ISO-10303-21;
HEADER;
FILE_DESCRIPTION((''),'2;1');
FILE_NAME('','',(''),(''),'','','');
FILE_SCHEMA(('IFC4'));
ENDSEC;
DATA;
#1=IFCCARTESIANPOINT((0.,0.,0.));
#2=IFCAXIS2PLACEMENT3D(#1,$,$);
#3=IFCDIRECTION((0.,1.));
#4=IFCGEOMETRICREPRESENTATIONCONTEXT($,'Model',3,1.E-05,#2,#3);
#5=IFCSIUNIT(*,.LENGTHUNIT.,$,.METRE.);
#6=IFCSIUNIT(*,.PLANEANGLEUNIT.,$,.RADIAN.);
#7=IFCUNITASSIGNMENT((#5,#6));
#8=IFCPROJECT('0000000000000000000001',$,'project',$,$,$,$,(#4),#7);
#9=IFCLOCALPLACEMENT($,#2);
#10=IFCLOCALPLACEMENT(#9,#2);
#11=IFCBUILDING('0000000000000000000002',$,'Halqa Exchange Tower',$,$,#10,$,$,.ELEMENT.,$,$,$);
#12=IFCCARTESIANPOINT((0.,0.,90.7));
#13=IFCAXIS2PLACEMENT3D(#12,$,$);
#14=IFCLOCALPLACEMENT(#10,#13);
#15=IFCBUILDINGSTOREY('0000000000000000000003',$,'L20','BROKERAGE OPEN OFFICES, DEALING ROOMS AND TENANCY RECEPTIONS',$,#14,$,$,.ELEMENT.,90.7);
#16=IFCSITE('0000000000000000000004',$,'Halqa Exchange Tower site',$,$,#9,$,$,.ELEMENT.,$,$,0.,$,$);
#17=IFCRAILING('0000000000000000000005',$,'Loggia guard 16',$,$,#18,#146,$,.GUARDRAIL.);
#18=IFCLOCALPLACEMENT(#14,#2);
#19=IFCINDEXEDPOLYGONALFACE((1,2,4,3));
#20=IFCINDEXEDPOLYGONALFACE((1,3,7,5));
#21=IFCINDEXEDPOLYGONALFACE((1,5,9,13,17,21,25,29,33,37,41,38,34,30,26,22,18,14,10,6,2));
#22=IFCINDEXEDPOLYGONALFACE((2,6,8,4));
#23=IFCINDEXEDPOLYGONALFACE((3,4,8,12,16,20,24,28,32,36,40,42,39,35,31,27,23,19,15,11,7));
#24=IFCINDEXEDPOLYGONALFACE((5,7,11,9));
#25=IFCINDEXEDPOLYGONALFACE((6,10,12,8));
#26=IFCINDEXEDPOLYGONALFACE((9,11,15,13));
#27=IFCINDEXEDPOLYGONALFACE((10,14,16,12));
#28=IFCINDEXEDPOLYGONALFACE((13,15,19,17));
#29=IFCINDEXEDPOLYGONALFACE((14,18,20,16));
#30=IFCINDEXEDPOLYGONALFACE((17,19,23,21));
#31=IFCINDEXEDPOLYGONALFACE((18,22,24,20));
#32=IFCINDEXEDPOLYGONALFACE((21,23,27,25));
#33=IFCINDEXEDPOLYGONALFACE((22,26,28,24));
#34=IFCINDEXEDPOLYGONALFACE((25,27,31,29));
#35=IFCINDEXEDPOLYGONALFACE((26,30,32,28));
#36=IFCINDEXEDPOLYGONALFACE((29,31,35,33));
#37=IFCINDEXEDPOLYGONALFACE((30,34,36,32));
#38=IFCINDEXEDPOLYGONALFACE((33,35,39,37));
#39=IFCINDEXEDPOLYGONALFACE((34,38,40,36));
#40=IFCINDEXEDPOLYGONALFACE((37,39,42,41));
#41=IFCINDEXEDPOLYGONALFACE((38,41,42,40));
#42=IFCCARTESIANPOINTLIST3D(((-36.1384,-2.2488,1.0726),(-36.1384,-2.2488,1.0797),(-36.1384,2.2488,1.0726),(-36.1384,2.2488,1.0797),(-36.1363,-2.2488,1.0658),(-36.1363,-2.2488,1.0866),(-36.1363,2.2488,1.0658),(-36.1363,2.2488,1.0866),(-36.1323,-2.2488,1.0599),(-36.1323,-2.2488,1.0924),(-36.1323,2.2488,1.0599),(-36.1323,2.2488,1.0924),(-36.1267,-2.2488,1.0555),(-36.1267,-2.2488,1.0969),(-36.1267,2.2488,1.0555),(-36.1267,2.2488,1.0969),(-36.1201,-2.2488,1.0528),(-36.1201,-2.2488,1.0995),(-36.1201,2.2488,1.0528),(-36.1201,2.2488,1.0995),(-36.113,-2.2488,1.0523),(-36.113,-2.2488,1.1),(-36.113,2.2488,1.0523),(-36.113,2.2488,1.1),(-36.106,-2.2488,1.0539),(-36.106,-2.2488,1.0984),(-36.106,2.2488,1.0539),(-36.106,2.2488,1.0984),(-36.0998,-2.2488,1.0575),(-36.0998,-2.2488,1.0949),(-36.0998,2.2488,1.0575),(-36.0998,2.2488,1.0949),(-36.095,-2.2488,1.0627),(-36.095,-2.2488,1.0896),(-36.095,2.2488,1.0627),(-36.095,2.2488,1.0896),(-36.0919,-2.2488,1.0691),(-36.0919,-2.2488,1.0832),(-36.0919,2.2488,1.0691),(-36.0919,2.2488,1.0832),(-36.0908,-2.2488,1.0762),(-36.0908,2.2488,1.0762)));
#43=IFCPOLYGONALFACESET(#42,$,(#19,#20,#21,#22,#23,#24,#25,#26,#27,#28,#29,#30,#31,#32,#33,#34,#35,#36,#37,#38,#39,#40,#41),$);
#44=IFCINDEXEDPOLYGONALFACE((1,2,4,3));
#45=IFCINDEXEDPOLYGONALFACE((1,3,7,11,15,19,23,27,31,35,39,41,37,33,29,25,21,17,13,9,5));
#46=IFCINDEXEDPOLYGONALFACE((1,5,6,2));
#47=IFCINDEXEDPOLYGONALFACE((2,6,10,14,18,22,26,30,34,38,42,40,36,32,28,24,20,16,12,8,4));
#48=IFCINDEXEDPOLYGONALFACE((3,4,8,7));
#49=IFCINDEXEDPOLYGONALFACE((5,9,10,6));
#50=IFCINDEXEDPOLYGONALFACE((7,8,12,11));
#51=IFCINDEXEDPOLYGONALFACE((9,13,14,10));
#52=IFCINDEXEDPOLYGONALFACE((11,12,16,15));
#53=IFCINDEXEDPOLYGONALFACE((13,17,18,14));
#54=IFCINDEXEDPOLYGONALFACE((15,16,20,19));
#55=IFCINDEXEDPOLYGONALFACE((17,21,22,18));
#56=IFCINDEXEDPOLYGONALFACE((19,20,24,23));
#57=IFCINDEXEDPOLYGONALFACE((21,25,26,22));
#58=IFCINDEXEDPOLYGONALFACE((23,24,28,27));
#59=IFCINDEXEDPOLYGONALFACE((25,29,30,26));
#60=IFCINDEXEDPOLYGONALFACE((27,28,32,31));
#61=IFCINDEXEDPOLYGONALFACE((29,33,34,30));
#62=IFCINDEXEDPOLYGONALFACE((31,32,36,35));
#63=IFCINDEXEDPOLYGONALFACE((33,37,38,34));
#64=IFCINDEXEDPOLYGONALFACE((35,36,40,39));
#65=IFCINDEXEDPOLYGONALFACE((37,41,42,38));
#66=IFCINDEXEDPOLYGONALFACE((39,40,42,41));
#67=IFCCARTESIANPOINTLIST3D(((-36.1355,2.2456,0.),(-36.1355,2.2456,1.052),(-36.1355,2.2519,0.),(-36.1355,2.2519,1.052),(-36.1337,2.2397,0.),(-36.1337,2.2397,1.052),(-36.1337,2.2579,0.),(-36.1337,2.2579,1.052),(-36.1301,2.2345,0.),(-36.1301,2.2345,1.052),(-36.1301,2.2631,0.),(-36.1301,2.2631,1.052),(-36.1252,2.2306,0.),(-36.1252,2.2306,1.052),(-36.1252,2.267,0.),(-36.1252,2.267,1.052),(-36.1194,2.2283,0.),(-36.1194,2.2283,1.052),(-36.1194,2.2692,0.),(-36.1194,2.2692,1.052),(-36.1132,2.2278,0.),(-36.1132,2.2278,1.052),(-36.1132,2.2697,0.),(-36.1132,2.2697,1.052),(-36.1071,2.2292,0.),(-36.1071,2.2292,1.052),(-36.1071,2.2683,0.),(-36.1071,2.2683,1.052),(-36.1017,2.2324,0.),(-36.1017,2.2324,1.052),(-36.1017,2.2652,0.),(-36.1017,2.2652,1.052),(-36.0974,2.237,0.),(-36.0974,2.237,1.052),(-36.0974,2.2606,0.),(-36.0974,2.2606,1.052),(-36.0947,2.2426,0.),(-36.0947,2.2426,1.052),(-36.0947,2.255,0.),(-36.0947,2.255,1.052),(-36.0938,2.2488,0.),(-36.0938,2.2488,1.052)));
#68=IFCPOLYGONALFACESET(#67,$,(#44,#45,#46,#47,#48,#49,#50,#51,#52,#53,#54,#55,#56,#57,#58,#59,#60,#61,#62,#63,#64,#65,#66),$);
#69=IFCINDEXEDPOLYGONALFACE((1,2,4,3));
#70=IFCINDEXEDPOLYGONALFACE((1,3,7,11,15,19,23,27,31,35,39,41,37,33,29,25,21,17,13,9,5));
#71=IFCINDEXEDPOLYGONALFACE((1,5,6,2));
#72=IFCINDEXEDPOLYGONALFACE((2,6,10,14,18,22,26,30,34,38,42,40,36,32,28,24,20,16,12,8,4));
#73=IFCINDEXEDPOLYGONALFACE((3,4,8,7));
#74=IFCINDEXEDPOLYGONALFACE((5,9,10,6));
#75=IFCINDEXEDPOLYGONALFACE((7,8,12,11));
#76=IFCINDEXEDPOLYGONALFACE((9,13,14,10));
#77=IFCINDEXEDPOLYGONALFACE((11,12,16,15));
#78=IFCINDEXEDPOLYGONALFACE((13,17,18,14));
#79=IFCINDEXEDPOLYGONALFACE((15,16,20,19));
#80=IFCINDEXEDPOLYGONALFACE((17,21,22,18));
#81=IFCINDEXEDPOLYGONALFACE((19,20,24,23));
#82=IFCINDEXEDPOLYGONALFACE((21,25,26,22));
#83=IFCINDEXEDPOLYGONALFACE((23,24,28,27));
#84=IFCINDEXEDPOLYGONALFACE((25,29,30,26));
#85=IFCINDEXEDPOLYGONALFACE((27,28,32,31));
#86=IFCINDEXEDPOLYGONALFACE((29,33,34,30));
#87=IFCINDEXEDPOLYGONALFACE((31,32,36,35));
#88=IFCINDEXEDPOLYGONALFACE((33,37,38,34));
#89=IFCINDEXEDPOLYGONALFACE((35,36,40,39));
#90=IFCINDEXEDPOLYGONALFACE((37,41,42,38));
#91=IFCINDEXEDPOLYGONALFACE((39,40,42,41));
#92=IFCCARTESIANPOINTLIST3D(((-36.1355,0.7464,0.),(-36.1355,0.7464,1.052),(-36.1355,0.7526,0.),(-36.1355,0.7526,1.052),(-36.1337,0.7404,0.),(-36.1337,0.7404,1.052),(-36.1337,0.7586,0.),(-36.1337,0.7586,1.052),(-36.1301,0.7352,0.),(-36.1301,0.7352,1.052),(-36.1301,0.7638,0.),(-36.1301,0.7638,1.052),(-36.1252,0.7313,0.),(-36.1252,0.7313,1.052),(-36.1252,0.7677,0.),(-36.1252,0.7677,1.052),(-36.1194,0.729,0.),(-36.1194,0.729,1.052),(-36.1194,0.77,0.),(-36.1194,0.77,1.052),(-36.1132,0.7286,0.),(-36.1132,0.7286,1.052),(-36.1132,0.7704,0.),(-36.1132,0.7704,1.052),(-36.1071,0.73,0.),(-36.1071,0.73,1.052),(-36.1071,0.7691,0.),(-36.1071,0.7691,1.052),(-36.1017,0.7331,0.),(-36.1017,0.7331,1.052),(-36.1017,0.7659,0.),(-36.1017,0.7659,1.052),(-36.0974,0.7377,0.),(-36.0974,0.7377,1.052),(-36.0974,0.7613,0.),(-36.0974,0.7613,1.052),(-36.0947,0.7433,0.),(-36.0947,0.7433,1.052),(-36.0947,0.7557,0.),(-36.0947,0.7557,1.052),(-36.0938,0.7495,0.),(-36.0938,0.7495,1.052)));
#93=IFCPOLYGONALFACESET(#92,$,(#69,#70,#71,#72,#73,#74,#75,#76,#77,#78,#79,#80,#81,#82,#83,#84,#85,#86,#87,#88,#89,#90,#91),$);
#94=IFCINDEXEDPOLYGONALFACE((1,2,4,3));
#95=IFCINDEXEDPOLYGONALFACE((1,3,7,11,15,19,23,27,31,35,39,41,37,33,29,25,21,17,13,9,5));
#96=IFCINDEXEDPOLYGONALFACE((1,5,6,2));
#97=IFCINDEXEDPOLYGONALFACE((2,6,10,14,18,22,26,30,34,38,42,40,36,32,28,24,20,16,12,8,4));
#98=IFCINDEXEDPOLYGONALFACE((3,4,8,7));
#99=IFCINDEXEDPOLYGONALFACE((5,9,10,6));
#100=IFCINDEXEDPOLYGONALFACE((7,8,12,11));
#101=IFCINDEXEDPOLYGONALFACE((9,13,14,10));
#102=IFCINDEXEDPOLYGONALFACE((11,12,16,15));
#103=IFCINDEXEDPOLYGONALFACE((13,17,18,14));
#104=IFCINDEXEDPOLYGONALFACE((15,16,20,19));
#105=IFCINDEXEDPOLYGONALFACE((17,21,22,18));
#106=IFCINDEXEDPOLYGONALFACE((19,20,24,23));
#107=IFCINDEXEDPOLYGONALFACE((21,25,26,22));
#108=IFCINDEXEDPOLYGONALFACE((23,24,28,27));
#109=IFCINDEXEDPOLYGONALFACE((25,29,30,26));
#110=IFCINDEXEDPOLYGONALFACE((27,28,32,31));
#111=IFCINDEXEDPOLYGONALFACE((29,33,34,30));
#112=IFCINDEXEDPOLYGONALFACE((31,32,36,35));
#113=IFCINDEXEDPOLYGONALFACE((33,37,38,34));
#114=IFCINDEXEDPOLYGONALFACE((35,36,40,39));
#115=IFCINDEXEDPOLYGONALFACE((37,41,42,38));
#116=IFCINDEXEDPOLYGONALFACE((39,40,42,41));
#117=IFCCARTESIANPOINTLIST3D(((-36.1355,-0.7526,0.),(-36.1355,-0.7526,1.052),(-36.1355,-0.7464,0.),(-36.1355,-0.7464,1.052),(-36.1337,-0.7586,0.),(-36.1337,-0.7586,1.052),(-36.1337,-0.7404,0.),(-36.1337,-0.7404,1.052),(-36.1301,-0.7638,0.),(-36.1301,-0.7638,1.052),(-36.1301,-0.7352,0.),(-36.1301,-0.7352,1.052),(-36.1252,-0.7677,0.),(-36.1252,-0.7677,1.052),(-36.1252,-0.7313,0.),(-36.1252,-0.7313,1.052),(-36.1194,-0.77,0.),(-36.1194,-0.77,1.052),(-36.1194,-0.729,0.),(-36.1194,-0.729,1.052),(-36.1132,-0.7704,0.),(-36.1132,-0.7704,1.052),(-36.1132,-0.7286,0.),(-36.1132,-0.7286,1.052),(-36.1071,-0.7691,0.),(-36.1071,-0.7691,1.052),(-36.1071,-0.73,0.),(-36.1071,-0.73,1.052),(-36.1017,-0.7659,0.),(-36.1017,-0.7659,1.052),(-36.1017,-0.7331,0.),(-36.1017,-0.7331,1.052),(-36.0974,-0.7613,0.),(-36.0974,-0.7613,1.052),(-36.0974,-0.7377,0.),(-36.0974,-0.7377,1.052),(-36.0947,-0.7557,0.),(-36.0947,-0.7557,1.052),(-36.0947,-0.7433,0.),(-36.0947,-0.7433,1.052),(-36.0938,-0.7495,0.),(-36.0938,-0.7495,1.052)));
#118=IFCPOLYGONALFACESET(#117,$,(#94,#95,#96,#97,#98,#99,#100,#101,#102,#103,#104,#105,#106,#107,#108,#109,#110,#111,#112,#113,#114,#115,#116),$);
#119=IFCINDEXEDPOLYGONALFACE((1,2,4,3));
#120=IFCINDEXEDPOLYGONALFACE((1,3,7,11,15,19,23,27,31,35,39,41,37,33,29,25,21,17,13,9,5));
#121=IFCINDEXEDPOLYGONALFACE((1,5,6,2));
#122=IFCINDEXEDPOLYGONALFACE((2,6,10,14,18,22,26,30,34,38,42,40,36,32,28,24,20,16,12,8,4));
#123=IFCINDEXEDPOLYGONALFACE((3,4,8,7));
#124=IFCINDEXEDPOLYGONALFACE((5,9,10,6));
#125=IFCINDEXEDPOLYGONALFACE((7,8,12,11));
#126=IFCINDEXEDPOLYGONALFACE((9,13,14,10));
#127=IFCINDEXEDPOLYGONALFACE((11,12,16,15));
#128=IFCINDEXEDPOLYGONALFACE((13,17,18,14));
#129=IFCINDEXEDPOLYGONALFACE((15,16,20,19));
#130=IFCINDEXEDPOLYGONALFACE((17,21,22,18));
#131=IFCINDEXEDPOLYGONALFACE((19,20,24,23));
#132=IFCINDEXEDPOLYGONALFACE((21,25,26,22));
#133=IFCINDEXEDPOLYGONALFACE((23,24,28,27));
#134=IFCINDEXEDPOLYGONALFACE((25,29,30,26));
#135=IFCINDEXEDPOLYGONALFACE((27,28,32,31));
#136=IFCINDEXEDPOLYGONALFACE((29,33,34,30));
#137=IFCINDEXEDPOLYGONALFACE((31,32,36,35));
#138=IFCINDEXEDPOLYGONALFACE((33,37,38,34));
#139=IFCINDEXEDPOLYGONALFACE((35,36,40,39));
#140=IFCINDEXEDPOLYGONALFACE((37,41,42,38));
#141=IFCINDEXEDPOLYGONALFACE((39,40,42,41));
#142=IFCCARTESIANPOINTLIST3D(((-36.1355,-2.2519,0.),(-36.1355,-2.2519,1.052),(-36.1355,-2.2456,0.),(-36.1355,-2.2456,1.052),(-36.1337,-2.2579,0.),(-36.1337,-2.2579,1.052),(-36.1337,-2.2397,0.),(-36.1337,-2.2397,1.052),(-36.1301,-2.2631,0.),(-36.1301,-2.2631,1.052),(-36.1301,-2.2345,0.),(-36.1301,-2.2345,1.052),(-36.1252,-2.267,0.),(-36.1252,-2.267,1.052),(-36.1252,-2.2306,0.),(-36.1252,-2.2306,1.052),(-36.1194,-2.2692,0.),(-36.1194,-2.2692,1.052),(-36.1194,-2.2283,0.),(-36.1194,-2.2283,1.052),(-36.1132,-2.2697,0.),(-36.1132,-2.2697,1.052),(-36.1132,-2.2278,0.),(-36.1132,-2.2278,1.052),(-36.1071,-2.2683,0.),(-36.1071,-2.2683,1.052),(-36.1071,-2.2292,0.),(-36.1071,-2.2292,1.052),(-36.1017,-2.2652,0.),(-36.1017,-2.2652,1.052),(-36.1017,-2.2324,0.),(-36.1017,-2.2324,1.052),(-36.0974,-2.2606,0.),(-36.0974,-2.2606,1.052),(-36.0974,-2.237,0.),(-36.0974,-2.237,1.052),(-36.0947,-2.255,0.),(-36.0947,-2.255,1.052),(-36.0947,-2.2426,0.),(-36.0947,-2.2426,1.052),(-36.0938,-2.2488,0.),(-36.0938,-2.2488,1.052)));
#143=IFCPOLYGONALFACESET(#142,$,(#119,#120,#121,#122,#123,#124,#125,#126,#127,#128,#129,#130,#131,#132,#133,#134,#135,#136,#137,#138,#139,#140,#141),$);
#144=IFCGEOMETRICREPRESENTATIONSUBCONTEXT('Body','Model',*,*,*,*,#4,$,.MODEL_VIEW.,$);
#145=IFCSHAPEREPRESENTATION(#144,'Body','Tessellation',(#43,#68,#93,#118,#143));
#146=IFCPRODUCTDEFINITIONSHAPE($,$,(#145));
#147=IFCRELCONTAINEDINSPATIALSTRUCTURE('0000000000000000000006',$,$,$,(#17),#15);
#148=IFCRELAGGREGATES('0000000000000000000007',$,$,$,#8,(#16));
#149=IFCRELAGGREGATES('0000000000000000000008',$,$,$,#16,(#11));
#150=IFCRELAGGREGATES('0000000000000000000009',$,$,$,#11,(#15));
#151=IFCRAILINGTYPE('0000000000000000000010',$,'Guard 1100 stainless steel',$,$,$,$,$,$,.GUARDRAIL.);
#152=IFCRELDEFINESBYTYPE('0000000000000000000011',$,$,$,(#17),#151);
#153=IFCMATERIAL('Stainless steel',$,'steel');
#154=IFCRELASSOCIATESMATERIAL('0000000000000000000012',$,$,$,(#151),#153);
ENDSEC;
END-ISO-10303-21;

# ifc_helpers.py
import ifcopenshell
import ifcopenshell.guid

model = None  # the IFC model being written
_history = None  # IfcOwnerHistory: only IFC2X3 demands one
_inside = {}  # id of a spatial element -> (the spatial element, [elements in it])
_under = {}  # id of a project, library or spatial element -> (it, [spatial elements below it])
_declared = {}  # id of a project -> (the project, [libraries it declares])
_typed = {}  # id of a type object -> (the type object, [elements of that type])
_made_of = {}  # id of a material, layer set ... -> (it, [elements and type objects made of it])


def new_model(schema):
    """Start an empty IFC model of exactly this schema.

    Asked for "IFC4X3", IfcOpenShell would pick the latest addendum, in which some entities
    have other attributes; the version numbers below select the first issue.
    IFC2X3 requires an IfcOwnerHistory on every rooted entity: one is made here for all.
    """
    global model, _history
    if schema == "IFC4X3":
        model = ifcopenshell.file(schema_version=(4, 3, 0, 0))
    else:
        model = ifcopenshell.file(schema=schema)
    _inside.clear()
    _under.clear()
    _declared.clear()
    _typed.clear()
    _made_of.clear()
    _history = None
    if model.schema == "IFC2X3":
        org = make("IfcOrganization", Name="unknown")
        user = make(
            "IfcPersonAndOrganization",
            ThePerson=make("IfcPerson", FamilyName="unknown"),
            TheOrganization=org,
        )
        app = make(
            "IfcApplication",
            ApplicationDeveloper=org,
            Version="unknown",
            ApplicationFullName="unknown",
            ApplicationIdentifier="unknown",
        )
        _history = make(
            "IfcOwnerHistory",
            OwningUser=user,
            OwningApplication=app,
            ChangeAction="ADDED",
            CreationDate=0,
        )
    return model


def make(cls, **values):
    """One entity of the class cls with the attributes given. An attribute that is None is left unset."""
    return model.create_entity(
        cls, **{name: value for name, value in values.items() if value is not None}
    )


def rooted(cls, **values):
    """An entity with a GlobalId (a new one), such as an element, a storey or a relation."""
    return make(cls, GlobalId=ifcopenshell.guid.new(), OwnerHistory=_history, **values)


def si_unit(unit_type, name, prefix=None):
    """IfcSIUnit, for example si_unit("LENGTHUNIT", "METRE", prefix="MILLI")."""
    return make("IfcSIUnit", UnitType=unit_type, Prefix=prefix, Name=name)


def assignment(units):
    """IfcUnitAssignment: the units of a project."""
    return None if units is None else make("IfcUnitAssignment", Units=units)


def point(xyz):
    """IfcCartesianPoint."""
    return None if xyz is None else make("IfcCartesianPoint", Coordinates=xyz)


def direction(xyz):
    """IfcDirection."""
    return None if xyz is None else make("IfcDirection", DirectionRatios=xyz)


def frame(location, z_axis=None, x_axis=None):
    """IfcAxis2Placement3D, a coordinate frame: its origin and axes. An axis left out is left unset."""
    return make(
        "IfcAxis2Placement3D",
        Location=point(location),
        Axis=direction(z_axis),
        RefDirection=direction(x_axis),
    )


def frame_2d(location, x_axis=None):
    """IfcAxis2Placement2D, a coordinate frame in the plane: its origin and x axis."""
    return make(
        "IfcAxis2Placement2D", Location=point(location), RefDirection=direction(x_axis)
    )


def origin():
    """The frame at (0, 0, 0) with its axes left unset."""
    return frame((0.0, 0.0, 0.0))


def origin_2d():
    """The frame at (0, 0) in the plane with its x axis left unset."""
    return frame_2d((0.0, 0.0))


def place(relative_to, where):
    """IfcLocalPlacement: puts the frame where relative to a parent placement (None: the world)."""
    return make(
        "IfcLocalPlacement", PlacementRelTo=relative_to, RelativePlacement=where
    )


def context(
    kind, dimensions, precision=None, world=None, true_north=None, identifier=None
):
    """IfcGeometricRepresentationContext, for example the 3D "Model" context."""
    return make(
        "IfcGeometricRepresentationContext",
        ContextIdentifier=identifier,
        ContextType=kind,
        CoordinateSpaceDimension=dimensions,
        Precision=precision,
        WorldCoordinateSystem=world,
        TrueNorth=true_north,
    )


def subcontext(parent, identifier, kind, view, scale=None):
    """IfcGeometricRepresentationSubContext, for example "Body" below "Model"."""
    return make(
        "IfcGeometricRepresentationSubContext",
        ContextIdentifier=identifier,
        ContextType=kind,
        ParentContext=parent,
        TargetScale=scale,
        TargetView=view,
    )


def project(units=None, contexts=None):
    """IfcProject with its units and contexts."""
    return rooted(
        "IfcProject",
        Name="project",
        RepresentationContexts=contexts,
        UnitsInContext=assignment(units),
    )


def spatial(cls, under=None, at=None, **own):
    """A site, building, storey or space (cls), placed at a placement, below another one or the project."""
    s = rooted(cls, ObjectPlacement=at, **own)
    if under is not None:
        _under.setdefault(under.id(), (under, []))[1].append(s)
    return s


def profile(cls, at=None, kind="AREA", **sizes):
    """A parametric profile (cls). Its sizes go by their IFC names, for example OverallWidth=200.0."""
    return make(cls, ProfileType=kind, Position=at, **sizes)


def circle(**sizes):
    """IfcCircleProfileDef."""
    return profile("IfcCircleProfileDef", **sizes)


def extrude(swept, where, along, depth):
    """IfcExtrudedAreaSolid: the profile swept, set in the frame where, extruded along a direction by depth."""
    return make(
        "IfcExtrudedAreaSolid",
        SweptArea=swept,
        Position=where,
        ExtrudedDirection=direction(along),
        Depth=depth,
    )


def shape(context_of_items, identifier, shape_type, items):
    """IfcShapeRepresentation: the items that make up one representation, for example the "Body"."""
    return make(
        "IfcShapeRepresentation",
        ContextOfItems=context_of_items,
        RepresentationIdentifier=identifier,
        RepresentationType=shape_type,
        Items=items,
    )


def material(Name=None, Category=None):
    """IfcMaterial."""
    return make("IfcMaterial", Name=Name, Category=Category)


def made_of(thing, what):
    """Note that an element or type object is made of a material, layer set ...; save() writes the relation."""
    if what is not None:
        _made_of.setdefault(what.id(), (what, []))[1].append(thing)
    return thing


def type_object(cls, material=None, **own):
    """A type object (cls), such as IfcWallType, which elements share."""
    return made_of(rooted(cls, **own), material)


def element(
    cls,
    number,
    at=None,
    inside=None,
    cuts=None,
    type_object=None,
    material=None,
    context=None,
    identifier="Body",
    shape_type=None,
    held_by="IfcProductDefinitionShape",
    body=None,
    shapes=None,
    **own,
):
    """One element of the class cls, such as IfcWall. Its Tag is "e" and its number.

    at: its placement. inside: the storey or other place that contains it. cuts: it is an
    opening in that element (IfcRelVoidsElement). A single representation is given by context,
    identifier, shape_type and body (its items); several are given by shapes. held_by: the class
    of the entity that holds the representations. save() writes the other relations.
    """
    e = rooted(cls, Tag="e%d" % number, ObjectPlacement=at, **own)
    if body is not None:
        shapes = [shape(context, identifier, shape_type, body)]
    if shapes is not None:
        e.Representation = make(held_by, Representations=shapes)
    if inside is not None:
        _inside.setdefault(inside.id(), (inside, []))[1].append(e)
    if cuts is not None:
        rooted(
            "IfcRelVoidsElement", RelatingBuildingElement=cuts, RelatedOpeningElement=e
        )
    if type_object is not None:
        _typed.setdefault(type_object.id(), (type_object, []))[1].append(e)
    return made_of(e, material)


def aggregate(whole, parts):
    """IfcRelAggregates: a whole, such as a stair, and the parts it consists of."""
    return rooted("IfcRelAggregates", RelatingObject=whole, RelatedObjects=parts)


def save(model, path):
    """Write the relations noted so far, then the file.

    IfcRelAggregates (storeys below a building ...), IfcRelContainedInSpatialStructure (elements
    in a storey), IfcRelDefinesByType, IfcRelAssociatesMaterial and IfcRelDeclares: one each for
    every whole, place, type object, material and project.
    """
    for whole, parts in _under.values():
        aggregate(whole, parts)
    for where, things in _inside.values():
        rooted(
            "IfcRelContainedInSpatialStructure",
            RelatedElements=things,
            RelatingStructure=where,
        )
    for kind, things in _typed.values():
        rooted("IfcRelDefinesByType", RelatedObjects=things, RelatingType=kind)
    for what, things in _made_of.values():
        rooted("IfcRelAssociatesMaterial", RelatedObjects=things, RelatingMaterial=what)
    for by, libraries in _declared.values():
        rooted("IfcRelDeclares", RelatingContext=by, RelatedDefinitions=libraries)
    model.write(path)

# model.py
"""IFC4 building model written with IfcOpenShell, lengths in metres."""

from ifc_helpers import new_model, si_unit, direction, frame, origin, origin_2d, place, context, subcontext, project, spatial, circle, extrude, material, type_object, element, save


model = new_model("IFC4")

# Units and contexts
model_context = context("Model", 3, precision=1e-05, world=origin(), true_north=direction((0.0, 1.0)))
body_context = subcontext(model_context, "Body", "Model", "MODEL_VIEW")
ifc_project = project(units=[si_unit("LENGTHUNIT", "METRE"), si_unit("PLANEANGLEUNIT", "RADIAN")], contexts=[model_context])

# Site, building, storey
site_placement = place(None, origin())
site = spatial("IfcSite", under=ifc_project, at=site_placement, Name="Halqa Exchange Tower site", CompositionType="ELEMENT", RefElevation=0.0)
building_placement = place(site_placement, origin())
building = spatial("IfcBuilding", under=site, at=building_placement, Name="Halqa Exchange Tower", CompositionType="ELEMENT")
storey_placement = place(building_placement, frame((0.0, 0.0, 90.7)))
storey = spatial("IfcBuildingStorey", under=building, at=storey_placement, Name="L20", Description="BROKERAGE OPEN OFFICES, DEALING ROOMS AND TENANCY RECEPTIONS", CompositionType="ELEMENT", Elevation=90.7)

# Railing
ifc_material_1 = material(Name="Stainless steel", Category="steel")
railing_type = type_object("IfcRailingType", Name="Guard 1100 stainless steel", PredefinedType="GUARDRAIL", material=ifc_material_1)
railing_1_placement = place(storey_placement, frame((-36.1147, 2.2488, 0.0)))
element("IfcRailing", 1, at=railing_1_placement, inside=storey, type_object=railing_type, Name="Loggia guard 16", PredefinedType="GUARDRAIL", context=body_context, shape_type="SweptSolid", body=[
    extrude(circle(Radius=0.0239, at=origin_2d()), frame((0.0, 0.0, 1.0762), z_axis=(0.0, -1.0, 0.0), x_axis=(1.0, 0.0, 0.0)), (0.0, 0.0, 1.0), 4.4976),
    extrude(circle(Radius=0.021, at=origin_2d()), origin(), (0.0, 0.0, 1.0), 1.052),
    extrude(circle(Radius=0.021, at=origin_2d()), frame((0.0, -1.4993, 0.0)), (0.0, 0.0, 1.0), 1.052),
    extrude(circle(Radius=0.021, at=origin_2d()), frame((0.0, -2.9983, 0.0)), (0.0, 0.0, 1.0), 1.052),
    extrude(circle(Radius=0.021, at=origin_2d()), frame((0.0, -4.4976, 0.0)), (0.0, 0.0, 1.0), 1.052),
])

save(model, "model.ifc")
